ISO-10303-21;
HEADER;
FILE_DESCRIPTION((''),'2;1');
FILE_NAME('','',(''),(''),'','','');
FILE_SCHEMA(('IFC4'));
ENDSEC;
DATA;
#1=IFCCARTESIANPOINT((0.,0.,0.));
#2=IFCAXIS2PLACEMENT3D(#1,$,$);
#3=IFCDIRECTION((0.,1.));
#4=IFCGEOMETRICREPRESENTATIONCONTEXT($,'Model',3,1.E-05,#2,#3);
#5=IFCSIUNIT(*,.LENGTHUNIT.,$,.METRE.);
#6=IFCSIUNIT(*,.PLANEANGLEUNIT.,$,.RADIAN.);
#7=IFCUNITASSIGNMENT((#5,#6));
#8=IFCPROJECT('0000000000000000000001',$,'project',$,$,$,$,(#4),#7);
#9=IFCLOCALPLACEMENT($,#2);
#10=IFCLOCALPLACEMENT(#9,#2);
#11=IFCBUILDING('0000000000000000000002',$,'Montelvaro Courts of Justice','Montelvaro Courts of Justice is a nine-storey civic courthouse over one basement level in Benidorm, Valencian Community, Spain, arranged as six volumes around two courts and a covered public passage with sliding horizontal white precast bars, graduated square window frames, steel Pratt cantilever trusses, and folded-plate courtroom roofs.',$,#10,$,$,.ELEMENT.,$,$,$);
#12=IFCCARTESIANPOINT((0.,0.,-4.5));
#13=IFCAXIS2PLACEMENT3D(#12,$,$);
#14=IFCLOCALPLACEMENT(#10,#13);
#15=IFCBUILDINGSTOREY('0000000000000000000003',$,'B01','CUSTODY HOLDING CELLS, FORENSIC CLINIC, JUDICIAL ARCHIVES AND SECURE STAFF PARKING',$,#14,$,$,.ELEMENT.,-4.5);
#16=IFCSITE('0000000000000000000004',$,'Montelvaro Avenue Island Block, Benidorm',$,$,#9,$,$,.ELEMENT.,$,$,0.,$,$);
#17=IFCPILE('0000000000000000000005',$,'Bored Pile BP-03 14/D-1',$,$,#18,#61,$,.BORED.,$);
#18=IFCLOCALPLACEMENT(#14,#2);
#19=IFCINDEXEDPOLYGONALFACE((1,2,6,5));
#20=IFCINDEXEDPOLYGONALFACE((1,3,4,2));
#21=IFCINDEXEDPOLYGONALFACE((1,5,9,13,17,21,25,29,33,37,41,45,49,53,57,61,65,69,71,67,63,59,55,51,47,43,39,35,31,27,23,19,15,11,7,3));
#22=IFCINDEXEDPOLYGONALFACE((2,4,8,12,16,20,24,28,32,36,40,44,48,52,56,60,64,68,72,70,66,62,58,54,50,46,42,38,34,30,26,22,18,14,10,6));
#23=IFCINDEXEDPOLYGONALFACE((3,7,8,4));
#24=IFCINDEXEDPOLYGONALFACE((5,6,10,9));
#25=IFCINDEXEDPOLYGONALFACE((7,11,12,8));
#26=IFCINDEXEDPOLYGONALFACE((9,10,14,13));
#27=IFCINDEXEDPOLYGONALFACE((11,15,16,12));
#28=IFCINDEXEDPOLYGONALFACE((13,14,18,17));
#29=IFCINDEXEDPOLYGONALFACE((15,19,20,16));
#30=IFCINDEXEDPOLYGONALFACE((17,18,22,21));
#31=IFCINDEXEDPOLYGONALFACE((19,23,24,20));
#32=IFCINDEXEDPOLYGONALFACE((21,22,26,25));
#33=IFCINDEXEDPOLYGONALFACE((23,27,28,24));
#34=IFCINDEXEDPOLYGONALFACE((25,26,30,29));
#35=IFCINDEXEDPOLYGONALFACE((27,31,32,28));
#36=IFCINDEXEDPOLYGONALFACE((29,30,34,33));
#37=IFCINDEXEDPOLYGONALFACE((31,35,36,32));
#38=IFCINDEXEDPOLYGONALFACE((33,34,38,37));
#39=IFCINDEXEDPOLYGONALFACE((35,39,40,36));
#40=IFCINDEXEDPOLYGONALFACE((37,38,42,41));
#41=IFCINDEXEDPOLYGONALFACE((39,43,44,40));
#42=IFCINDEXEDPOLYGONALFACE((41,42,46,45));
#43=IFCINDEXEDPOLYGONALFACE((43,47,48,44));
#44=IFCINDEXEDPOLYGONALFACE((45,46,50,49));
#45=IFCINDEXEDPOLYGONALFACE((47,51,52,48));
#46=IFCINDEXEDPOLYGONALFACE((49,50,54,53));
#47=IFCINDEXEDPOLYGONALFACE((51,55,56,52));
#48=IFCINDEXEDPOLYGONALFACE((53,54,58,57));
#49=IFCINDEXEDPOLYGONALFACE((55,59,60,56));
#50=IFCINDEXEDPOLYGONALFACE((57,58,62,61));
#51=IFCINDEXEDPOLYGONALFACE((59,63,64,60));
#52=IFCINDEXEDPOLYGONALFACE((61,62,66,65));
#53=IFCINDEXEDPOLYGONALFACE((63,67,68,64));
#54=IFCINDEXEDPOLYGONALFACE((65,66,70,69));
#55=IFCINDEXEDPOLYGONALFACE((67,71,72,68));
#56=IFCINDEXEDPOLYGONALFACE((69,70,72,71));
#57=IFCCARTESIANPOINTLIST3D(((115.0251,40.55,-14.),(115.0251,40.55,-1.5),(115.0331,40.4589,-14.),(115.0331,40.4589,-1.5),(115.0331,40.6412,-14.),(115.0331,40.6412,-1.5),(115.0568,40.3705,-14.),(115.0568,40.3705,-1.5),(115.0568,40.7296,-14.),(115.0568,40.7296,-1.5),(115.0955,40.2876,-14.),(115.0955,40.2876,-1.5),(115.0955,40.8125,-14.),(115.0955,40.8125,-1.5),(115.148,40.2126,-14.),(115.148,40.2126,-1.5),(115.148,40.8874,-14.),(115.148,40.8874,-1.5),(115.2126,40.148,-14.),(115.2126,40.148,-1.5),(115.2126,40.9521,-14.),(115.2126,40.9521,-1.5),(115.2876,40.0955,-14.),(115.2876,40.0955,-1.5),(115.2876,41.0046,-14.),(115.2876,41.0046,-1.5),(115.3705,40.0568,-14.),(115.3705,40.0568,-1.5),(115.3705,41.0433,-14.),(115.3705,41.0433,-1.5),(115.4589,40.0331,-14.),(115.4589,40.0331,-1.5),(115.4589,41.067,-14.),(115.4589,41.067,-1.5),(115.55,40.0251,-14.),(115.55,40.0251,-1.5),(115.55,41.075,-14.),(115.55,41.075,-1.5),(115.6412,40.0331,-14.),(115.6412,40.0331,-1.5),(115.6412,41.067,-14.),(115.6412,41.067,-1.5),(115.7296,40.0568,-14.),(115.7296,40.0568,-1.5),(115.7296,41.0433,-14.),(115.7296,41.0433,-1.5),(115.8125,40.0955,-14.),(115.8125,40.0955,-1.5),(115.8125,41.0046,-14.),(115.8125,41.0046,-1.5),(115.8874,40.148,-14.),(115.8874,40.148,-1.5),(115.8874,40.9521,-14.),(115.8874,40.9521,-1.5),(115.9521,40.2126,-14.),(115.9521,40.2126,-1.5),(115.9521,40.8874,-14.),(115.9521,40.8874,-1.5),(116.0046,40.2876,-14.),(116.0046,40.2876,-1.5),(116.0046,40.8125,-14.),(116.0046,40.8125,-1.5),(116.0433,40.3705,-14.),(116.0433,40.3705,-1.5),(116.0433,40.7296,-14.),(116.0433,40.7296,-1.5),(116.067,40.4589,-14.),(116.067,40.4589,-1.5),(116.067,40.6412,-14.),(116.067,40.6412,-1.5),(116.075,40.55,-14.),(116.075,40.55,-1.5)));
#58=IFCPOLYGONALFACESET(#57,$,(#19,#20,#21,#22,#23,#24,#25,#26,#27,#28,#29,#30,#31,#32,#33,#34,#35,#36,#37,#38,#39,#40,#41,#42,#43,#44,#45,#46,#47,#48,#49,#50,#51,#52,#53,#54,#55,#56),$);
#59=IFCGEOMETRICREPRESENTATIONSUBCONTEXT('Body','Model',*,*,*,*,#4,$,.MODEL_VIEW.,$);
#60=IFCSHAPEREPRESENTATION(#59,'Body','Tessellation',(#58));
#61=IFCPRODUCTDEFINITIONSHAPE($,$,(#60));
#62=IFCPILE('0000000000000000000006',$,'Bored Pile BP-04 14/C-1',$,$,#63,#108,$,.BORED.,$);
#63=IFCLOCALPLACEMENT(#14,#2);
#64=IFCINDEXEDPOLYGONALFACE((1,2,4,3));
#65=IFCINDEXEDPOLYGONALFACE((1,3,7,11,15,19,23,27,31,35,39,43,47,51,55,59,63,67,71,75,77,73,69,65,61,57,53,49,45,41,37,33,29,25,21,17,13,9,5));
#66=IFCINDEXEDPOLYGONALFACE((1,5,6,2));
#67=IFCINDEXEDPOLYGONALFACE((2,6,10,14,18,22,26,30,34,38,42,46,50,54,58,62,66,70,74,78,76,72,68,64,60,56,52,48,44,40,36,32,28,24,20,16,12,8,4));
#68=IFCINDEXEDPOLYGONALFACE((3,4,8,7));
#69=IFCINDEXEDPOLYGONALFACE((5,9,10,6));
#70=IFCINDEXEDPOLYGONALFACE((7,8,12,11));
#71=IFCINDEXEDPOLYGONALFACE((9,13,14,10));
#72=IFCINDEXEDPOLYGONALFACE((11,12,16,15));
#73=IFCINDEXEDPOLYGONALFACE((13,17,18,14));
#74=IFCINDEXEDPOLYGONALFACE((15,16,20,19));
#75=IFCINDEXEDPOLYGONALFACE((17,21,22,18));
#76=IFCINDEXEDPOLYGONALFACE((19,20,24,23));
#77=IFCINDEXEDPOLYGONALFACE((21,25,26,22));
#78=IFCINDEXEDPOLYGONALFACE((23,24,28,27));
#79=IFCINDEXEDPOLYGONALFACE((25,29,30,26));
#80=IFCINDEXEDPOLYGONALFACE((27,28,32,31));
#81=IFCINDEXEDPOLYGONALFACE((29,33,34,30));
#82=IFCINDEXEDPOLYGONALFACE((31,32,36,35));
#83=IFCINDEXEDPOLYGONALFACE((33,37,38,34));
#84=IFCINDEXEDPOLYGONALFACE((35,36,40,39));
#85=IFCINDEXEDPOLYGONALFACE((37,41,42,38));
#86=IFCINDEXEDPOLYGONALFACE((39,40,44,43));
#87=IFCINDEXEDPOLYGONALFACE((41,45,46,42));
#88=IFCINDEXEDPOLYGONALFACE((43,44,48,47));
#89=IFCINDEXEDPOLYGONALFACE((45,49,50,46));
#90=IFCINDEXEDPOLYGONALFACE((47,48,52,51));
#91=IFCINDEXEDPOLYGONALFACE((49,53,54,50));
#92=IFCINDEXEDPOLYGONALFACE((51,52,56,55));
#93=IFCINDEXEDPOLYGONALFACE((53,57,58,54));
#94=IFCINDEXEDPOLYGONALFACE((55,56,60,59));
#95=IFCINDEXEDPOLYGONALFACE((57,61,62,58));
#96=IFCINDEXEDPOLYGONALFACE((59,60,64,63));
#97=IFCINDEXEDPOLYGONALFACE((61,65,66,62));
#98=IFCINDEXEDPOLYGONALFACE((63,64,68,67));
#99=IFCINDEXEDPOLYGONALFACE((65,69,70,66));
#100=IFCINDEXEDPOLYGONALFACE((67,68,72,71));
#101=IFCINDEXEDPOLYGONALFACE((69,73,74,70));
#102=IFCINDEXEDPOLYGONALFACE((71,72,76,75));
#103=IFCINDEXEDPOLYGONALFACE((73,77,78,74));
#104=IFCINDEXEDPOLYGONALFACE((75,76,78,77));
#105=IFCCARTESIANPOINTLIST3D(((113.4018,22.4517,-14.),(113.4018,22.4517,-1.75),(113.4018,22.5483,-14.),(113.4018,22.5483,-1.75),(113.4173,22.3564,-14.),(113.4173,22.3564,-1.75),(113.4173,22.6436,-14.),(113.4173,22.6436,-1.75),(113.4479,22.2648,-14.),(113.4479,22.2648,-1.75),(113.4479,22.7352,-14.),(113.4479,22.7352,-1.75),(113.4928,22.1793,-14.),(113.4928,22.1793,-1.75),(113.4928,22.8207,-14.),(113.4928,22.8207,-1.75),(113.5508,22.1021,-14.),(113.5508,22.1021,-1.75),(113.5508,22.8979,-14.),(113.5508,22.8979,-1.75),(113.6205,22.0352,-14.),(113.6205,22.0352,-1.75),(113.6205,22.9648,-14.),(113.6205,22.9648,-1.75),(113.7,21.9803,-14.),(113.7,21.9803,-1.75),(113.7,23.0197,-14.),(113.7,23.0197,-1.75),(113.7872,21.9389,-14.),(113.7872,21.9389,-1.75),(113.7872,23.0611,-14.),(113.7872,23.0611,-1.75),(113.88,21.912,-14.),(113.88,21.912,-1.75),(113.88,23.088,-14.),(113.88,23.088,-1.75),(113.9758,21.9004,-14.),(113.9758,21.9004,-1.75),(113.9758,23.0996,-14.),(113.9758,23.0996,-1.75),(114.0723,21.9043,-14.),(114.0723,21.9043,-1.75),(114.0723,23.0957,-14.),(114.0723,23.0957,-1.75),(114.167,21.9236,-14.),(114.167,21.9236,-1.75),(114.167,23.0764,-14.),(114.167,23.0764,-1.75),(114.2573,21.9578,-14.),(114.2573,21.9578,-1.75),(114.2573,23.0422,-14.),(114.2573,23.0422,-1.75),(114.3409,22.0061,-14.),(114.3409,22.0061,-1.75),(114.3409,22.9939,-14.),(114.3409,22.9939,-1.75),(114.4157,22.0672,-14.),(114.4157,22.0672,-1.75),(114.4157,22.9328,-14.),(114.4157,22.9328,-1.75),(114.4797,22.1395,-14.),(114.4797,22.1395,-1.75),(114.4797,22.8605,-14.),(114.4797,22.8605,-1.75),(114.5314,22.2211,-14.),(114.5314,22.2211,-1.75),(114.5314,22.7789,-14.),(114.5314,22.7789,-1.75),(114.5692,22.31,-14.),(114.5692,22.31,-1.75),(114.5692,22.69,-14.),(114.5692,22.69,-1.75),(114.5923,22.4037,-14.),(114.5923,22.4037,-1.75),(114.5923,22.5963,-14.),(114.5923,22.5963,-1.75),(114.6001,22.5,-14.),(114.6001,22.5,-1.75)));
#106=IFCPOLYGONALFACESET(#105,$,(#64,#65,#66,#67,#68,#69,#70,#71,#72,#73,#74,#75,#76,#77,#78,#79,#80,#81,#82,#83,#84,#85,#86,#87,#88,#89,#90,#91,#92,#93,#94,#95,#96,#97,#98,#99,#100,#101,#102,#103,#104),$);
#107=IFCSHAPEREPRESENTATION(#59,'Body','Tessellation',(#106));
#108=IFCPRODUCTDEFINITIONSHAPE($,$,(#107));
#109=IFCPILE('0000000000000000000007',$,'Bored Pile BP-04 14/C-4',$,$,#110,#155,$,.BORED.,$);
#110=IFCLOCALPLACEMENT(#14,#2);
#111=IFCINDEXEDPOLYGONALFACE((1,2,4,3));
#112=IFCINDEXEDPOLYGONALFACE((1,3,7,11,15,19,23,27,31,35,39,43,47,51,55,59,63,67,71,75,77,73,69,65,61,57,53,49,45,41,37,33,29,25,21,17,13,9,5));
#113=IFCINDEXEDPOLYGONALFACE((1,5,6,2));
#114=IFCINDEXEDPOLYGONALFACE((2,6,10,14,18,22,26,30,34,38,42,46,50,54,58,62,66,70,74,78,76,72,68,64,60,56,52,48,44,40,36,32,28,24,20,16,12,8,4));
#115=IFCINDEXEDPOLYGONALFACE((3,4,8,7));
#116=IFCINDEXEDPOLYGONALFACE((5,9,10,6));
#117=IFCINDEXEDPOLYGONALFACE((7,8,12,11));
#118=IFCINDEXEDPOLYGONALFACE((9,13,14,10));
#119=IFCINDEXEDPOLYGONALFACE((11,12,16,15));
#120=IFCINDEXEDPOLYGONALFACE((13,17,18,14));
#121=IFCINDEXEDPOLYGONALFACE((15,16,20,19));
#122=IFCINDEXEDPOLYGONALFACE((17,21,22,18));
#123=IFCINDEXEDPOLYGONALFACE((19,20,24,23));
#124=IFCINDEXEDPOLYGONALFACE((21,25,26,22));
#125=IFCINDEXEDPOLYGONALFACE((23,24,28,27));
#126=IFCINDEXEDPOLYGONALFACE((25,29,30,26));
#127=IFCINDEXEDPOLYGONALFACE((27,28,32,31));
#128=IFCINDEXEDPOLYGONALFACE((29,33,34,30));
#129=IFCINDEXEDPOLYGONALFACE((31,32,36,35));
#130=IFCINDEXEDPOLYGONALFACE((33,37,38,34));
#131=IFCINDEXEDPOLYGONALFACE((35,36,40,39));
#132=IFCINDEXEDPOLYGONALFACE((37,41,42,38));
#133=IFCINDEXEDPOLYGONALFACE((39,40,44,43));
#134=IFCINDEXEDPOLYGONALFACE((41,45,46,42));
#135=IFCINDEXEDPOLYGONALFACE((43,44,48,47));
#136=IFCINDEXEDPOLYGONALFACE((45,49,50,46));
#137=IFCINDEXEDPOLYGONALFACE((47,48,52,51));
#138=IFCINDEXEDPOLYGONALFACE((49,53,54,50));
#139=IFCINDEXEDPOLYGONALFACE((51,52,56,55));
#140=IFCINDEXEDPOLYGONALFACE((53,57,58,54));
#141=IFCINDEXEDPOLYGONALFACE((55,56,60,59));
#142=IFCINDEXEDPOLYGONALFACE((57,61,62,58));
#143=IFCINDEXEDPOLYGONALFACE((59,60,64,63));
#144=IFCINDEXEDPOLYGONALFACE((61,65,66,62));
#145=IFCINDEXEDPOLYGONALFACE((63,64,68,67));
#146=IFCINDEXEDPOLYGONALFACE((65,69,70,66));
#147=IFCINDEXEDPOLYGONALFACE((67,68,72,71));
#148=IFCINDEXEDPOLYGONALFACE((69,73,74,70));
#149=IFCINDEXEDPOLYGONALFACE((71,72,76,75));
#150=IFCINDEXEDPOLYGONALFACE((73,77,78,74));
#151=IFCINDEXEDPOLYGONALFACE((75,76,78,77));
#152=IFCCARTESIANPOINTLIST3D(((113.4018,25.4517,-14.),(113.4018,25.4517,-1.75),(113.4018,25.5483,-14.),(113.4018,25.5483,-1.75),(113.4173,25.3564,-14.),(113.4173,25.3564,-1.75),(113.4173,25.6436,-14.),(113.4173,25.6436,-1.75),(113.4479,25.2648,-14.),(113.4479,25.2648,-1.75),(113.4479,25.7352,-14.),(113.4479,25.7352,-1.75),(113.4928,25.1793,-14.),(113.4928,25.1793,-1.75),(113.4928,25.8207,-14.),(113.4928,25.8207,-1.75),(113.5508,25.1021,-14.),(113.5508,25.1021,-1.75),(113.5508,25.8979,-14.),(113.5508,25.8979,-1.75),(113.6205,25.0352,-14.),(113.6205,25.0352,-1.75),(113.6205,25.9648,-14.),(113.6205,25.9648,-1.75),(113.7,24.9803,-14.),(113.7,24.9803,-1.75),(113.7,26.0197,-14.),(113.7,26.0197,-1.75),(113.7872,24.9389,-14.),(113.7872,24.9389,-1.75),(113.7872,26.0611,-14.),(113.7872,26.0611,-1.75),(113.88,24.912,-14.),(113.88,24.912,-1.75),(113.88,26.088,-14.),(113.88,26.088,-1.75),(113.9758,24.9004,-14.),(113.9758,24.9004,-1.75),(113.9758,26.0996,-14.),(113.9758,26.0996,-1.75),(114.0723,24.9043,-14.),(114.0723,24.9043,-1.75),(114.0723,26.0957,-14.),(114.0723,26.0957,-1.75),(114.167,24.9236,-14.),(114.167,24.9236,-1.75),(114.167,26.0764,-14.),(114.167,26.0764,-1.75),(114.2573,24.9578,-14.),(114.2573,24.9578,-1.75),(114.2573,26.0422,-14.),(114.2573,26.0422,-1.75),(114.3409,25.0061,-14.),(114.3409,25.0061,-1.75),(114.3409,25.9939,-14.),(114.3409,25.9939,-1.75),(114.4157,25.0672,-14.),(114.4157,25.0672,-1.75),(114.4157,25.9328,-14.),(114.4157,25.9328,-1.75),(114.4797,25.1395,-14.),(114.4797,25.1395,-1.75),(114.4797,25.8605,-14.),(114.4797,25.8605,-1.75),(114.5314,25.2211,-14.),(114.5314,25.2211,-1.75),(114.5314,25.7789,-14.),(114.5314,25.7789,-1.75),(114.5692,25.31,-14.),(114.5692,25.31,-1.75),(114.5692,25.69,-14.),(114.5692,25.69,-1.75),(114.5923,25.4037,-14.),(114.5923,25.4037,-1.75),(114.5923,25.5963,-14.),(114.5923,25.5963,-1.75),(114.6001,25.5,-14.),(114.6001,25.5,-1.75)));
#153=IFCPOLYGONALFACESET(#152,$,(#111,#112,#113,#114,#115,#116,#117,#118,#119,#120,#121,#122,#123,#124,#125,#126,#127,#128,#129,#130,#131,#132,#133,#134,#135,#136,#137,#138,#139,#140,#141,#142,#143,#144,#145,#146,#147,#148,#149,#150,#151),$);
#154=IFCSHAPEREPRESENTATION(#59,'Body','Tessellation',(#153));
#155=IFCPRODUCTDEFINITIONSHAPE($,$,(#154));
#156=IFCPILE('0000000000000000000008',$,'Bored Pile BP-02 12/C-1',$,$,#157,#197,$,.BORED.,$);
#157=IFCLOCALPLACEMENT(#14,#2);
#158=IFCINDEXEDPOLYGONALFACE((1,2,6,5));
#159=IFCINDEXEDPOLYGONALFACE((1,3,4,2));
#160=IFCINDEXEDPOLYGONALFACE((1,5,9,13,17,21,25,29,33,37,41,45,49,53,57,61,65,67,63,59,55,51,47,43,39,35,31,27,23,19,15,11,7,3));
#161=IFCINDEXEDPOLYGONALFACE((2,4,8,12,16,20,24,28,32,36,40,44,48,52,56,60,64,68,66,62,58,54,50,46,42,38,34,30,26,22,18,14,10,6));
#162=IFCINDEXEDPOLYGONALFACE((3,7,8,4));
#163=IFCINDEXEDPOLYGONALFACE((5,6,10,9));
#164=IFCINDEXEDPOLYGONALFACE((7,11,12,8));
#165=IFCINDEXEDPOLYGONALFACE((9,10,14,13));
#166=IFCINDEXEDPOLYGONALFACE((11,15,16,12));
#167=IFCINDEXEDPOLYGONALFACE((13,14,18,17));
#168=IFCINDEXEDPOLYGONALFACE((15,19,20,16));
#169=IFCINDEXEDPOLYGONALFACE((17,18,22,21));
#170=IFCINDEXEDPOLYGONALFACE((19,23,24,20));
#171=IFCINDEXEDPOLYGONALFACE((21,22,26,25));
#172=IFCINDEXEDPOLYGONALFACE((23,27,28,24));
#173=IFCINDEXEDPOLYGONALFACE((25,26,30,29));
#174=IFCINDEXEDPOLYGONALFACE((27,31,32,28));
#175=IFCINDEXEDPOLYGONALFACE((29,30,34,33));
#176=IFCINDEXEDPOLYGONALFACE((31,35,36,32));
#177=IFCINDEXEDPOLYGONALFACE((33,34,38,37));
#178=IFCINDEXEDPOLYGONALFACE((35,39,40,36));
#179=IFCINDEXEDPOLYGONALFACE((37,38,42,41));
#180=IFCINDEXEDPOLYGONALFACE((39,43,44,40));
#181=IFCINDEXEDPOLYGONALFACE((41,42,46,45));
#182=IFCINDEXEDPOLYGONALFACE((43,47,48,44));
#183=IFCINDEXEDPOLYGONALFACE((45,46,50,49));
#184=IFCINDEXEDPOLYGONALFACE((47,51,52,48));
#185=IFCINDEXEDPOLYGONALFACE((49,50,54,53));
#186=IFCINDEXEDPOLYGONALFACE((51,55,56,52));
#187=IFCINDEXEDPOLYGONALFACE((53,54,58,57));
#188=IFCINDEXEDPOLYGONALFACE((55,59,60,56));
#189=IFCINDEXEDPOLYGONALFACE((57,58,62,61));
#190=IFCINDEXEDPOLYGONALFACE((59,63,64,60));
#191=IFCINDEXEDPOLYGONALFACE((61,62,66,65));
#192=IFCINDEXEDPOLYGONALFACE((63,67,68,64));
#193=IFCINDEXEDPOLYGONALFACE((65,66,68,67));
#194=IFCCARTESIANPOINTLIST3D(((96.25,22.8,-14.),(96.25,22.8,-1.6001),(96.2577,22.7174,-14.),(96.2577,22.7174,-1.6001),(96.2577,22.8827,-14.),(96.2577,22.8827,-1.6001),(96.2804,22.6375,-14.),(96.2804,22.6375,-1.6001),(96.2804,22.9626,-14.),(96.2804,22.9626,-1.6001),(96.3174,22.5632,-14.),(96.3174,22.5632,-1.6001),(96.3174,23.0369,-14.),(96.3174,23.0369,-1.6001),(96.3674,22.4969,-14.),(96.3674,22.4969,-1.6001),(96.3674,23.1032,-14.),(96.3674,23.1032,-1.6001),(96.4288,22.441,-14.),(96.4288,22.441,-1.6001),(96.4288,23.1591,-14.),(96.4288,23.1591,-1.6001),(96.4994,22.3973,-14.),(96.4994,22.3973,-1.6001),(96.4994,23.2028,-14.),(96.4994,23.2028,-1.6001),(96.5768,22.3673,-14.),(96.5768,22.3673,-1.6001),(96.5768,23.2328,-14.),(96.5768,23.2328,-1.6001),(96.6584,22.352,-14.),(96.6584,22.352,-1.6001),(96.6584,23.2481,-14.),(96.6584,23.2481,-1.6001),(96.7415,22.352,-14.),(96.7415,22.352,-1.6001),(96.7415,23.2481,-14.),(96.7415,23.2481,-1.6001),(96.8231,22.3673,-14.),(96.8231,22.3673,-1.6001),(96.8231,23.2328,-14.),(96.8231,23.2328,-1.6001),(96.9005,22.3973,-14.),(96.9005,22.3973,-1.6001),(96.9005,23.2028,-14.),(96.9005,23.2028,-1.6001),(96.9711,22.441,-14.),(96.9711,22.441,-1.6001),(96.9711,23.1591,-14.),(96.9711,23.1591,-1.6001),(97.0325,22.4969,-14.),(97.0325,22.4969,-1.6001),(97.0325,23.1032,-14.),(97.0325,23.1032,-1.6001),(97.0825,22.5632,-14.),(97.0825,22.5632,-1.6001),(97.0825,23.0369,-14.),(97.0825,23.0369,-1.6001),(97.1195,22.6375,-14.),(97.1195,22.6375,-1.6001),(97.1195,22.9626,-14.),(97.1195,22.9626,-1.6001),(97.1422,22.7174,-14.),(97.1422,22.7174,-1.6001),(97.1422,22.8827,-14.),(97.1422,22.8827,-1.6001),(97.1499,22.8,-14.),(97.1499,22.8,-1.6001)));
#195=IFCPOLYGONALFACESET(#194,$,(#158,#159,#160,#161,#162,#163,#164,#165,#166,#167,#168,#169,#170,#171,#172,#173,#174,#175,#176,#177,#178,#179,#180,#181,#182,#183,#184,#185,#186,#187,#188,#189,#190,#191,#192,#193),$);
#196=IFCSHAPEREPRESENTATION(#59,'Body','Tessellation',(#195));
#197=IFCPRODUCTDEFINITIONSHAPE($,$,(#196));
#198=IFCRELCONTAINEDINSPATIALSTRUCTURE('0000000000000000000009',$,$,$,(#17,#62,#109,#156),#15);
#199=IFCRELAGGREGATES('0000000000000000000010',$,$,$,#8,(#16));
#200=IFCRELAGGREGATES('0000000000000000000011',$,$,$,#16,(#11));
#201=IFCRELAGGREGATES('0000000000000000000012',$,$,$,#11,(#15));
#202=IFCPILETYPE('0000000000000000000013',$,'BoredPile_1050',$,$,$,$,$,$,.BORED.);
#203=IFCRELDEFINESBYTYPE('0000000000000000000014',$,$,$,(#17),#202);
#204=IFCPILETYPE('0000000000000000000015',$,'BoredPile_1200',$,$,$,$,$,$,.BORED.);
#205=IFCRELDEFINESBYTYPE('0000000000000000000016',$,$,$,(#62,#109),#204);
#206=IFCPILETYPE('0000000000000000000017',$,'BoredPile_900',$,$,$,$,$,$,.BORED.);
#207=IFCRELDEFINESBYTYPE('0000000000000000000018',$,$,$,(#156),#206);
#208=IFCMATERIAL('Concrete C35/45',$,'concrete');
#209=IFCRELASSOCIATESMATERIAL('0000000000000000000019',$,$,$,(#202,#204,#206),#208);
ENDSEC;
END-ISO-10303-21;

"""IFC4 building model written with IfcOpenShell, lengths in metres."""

from ifc_helpers import new_model, si_unit, direction, frame, origin, origin_2d, place, context, subcontext, project, spatial, circle, extrude, material, material_profile, profile_set, type_object, element, save


model = new_model("IFC4")

# Units and contexts
model_context = context("Model", 3, precision=1e-05, world=origin(), true_north=direction((0.0, 1.0)))
body_context = subcontext(model_context, "Body", "Model", "MODEL_VIEW")
ifc_project = project(units=[si_unit("LENGTHUNIT", "METRE"), si_unit("PLANEANGLEUNIT", "RADIAN")], contexts=[model_context])

# Site, building, storey
site_placement = place(None, origin())
site = spatial("IfcSite", under=ifc_project, at=site_placement, Name="Montelvaro Avenue Island Block, Benidorm", CompositionType="ELEMENT", RefElevation=0.0)
building_placement = place(site_placement, origin())
building = spatial("IfcBuilding", under=site, at=building_placement, Name="Montelvaro Courts of Justice", Description="Montelvaro Courts of Justice is a nine-storey civic courthouse over one basement level in Benidorm, Valencian Community, Spain, arranged as six volumes around two courts and a covered public passage with sliding horizontal white precast bars, graduated square window frames, steel Pratt cantilever trusses, and folded-plate courtroom roofs.", CompositionType="ELEMENT")
storey_placement = place(building_placement, frame((0.0, 0.0, -4.5)))
storey = spatial("IfcBuildingStorey", under=building, at=storey_placement, Name="B01", Description="CUSTODY HOLDING CELLS, FORENSIC CLINIC, JUDICIAL ARCHIVES AND SECURE STAFF PARKING", CompositionType="ELEMENT", Elevation=-4.5)

# Piles
ifc_material_1 = material(Name="Concrete C35/45", Category="concrete")
ifc_material_profile_1 = material_profile(ifc_material_1, circle(Radius=0.5249, at=origin_2d()), Name="BORED PILE D1050")
ifc_profile_set_1 = profile_set([ifc_material_profile_1], Name="Concrete C35/45")
pile_type_1 = type_object("IfcPileType", Name="BoredPile_1050", PredefinedType="BORED", material=ifc_profile_set_1)
pile_placement = place(storey_placement, frame((115.55, 40.55, -1.5), z_axis=(0.0, 0.0, -1.0), x_axis=(1.0, 0.0, 0.0)))
element("IfcPile", 1, at=pile_placement, inside=storey, type_object=pile_type_1, Name="Bored Pile BP-03 14/D-1", PredefinedType="BORED", context=body_context, shape_type="SweptSolid", body=[
    extrude(circle(Radius=0.5249, at=origin_2d()), origin(), (0.0, 0.0, 1.0), 12.5),
])
ifc_material_profile_2 = material_profile(ifc_material_1, circle(Radius=0.6001, at=origin_2d()), Name="BORED PILE D1200")
ifc_profile_set_2 = profile_set([ifc_material_profile_2], Name="Concrete C35/45")
pile_type_2 = type_object("IfcPileType", Name="BoredPile_1200", PredefinedType="BORED", material=ifc_profile_set_2)
for number, where, z_axis, x_axis, name in (
    (2, (114.0, 22.5, -1.75), (0.0, 0.0, -1.0), (1.0, 0.0, 0.0), "Bored Pile BP-04 14/C-1"),
    (3, (114.0, 25.5, -1.75), (0.0, 0.0, -1.0), (1.0, 0.0, 0.0), "Bored Pile BP-04 14/C-4"),
):
    element("IfcPile", number, at=place(storey_placement, frame(where, z_axis=z_axis, x_axis=x_axis)), inside=storey, type_object=pile_type_2, Name=name, PredefinedType="BORED", context=body_context, shape_type="SweptSolid", body=[
        extrude(circle(Radius=0.6001, at=origin_2d()), origin(), (0.0, 0.0, 1.0), 12.25),
    ])
ifc_material_profile_3 = material_profile(ifc_material_1, circle(Radius=0.45, at=origin_2d()), Name="BORED PILE D900")
ifc_profile_set_3 = profile_set([ifc_material_profile_3], Name="Concrete C35/45")
pile_type_3 = type_object("IfcPileType", Name="BoredPile_900", PredefinedType="BORED", material=ifc_profile_set_3)
for number, where, z_axis, x_axis, name in (
    (4, (96.7, 22.8, -1.6001), (0.0, 0.0, -1.0), (1.0, 0.0, 0.0), "Bored Pile BP-02 12/C-1"),
):
    element("IfcPile", number, at=place(storey_placement, frame(where, z_axis=z_axis, x_axis=x_axis)), inside=storey, type_object=pile_type_3, Name=name, PredefinedType="BORED", context=body_context, shape_type="SweptSolid", body=[
        extrude(circle(Radius=0.45, at=origin_2d()), origin(), (0.0, 0.0, 1.0), 12.3999),
    ])

save(model, "model.ifc")
